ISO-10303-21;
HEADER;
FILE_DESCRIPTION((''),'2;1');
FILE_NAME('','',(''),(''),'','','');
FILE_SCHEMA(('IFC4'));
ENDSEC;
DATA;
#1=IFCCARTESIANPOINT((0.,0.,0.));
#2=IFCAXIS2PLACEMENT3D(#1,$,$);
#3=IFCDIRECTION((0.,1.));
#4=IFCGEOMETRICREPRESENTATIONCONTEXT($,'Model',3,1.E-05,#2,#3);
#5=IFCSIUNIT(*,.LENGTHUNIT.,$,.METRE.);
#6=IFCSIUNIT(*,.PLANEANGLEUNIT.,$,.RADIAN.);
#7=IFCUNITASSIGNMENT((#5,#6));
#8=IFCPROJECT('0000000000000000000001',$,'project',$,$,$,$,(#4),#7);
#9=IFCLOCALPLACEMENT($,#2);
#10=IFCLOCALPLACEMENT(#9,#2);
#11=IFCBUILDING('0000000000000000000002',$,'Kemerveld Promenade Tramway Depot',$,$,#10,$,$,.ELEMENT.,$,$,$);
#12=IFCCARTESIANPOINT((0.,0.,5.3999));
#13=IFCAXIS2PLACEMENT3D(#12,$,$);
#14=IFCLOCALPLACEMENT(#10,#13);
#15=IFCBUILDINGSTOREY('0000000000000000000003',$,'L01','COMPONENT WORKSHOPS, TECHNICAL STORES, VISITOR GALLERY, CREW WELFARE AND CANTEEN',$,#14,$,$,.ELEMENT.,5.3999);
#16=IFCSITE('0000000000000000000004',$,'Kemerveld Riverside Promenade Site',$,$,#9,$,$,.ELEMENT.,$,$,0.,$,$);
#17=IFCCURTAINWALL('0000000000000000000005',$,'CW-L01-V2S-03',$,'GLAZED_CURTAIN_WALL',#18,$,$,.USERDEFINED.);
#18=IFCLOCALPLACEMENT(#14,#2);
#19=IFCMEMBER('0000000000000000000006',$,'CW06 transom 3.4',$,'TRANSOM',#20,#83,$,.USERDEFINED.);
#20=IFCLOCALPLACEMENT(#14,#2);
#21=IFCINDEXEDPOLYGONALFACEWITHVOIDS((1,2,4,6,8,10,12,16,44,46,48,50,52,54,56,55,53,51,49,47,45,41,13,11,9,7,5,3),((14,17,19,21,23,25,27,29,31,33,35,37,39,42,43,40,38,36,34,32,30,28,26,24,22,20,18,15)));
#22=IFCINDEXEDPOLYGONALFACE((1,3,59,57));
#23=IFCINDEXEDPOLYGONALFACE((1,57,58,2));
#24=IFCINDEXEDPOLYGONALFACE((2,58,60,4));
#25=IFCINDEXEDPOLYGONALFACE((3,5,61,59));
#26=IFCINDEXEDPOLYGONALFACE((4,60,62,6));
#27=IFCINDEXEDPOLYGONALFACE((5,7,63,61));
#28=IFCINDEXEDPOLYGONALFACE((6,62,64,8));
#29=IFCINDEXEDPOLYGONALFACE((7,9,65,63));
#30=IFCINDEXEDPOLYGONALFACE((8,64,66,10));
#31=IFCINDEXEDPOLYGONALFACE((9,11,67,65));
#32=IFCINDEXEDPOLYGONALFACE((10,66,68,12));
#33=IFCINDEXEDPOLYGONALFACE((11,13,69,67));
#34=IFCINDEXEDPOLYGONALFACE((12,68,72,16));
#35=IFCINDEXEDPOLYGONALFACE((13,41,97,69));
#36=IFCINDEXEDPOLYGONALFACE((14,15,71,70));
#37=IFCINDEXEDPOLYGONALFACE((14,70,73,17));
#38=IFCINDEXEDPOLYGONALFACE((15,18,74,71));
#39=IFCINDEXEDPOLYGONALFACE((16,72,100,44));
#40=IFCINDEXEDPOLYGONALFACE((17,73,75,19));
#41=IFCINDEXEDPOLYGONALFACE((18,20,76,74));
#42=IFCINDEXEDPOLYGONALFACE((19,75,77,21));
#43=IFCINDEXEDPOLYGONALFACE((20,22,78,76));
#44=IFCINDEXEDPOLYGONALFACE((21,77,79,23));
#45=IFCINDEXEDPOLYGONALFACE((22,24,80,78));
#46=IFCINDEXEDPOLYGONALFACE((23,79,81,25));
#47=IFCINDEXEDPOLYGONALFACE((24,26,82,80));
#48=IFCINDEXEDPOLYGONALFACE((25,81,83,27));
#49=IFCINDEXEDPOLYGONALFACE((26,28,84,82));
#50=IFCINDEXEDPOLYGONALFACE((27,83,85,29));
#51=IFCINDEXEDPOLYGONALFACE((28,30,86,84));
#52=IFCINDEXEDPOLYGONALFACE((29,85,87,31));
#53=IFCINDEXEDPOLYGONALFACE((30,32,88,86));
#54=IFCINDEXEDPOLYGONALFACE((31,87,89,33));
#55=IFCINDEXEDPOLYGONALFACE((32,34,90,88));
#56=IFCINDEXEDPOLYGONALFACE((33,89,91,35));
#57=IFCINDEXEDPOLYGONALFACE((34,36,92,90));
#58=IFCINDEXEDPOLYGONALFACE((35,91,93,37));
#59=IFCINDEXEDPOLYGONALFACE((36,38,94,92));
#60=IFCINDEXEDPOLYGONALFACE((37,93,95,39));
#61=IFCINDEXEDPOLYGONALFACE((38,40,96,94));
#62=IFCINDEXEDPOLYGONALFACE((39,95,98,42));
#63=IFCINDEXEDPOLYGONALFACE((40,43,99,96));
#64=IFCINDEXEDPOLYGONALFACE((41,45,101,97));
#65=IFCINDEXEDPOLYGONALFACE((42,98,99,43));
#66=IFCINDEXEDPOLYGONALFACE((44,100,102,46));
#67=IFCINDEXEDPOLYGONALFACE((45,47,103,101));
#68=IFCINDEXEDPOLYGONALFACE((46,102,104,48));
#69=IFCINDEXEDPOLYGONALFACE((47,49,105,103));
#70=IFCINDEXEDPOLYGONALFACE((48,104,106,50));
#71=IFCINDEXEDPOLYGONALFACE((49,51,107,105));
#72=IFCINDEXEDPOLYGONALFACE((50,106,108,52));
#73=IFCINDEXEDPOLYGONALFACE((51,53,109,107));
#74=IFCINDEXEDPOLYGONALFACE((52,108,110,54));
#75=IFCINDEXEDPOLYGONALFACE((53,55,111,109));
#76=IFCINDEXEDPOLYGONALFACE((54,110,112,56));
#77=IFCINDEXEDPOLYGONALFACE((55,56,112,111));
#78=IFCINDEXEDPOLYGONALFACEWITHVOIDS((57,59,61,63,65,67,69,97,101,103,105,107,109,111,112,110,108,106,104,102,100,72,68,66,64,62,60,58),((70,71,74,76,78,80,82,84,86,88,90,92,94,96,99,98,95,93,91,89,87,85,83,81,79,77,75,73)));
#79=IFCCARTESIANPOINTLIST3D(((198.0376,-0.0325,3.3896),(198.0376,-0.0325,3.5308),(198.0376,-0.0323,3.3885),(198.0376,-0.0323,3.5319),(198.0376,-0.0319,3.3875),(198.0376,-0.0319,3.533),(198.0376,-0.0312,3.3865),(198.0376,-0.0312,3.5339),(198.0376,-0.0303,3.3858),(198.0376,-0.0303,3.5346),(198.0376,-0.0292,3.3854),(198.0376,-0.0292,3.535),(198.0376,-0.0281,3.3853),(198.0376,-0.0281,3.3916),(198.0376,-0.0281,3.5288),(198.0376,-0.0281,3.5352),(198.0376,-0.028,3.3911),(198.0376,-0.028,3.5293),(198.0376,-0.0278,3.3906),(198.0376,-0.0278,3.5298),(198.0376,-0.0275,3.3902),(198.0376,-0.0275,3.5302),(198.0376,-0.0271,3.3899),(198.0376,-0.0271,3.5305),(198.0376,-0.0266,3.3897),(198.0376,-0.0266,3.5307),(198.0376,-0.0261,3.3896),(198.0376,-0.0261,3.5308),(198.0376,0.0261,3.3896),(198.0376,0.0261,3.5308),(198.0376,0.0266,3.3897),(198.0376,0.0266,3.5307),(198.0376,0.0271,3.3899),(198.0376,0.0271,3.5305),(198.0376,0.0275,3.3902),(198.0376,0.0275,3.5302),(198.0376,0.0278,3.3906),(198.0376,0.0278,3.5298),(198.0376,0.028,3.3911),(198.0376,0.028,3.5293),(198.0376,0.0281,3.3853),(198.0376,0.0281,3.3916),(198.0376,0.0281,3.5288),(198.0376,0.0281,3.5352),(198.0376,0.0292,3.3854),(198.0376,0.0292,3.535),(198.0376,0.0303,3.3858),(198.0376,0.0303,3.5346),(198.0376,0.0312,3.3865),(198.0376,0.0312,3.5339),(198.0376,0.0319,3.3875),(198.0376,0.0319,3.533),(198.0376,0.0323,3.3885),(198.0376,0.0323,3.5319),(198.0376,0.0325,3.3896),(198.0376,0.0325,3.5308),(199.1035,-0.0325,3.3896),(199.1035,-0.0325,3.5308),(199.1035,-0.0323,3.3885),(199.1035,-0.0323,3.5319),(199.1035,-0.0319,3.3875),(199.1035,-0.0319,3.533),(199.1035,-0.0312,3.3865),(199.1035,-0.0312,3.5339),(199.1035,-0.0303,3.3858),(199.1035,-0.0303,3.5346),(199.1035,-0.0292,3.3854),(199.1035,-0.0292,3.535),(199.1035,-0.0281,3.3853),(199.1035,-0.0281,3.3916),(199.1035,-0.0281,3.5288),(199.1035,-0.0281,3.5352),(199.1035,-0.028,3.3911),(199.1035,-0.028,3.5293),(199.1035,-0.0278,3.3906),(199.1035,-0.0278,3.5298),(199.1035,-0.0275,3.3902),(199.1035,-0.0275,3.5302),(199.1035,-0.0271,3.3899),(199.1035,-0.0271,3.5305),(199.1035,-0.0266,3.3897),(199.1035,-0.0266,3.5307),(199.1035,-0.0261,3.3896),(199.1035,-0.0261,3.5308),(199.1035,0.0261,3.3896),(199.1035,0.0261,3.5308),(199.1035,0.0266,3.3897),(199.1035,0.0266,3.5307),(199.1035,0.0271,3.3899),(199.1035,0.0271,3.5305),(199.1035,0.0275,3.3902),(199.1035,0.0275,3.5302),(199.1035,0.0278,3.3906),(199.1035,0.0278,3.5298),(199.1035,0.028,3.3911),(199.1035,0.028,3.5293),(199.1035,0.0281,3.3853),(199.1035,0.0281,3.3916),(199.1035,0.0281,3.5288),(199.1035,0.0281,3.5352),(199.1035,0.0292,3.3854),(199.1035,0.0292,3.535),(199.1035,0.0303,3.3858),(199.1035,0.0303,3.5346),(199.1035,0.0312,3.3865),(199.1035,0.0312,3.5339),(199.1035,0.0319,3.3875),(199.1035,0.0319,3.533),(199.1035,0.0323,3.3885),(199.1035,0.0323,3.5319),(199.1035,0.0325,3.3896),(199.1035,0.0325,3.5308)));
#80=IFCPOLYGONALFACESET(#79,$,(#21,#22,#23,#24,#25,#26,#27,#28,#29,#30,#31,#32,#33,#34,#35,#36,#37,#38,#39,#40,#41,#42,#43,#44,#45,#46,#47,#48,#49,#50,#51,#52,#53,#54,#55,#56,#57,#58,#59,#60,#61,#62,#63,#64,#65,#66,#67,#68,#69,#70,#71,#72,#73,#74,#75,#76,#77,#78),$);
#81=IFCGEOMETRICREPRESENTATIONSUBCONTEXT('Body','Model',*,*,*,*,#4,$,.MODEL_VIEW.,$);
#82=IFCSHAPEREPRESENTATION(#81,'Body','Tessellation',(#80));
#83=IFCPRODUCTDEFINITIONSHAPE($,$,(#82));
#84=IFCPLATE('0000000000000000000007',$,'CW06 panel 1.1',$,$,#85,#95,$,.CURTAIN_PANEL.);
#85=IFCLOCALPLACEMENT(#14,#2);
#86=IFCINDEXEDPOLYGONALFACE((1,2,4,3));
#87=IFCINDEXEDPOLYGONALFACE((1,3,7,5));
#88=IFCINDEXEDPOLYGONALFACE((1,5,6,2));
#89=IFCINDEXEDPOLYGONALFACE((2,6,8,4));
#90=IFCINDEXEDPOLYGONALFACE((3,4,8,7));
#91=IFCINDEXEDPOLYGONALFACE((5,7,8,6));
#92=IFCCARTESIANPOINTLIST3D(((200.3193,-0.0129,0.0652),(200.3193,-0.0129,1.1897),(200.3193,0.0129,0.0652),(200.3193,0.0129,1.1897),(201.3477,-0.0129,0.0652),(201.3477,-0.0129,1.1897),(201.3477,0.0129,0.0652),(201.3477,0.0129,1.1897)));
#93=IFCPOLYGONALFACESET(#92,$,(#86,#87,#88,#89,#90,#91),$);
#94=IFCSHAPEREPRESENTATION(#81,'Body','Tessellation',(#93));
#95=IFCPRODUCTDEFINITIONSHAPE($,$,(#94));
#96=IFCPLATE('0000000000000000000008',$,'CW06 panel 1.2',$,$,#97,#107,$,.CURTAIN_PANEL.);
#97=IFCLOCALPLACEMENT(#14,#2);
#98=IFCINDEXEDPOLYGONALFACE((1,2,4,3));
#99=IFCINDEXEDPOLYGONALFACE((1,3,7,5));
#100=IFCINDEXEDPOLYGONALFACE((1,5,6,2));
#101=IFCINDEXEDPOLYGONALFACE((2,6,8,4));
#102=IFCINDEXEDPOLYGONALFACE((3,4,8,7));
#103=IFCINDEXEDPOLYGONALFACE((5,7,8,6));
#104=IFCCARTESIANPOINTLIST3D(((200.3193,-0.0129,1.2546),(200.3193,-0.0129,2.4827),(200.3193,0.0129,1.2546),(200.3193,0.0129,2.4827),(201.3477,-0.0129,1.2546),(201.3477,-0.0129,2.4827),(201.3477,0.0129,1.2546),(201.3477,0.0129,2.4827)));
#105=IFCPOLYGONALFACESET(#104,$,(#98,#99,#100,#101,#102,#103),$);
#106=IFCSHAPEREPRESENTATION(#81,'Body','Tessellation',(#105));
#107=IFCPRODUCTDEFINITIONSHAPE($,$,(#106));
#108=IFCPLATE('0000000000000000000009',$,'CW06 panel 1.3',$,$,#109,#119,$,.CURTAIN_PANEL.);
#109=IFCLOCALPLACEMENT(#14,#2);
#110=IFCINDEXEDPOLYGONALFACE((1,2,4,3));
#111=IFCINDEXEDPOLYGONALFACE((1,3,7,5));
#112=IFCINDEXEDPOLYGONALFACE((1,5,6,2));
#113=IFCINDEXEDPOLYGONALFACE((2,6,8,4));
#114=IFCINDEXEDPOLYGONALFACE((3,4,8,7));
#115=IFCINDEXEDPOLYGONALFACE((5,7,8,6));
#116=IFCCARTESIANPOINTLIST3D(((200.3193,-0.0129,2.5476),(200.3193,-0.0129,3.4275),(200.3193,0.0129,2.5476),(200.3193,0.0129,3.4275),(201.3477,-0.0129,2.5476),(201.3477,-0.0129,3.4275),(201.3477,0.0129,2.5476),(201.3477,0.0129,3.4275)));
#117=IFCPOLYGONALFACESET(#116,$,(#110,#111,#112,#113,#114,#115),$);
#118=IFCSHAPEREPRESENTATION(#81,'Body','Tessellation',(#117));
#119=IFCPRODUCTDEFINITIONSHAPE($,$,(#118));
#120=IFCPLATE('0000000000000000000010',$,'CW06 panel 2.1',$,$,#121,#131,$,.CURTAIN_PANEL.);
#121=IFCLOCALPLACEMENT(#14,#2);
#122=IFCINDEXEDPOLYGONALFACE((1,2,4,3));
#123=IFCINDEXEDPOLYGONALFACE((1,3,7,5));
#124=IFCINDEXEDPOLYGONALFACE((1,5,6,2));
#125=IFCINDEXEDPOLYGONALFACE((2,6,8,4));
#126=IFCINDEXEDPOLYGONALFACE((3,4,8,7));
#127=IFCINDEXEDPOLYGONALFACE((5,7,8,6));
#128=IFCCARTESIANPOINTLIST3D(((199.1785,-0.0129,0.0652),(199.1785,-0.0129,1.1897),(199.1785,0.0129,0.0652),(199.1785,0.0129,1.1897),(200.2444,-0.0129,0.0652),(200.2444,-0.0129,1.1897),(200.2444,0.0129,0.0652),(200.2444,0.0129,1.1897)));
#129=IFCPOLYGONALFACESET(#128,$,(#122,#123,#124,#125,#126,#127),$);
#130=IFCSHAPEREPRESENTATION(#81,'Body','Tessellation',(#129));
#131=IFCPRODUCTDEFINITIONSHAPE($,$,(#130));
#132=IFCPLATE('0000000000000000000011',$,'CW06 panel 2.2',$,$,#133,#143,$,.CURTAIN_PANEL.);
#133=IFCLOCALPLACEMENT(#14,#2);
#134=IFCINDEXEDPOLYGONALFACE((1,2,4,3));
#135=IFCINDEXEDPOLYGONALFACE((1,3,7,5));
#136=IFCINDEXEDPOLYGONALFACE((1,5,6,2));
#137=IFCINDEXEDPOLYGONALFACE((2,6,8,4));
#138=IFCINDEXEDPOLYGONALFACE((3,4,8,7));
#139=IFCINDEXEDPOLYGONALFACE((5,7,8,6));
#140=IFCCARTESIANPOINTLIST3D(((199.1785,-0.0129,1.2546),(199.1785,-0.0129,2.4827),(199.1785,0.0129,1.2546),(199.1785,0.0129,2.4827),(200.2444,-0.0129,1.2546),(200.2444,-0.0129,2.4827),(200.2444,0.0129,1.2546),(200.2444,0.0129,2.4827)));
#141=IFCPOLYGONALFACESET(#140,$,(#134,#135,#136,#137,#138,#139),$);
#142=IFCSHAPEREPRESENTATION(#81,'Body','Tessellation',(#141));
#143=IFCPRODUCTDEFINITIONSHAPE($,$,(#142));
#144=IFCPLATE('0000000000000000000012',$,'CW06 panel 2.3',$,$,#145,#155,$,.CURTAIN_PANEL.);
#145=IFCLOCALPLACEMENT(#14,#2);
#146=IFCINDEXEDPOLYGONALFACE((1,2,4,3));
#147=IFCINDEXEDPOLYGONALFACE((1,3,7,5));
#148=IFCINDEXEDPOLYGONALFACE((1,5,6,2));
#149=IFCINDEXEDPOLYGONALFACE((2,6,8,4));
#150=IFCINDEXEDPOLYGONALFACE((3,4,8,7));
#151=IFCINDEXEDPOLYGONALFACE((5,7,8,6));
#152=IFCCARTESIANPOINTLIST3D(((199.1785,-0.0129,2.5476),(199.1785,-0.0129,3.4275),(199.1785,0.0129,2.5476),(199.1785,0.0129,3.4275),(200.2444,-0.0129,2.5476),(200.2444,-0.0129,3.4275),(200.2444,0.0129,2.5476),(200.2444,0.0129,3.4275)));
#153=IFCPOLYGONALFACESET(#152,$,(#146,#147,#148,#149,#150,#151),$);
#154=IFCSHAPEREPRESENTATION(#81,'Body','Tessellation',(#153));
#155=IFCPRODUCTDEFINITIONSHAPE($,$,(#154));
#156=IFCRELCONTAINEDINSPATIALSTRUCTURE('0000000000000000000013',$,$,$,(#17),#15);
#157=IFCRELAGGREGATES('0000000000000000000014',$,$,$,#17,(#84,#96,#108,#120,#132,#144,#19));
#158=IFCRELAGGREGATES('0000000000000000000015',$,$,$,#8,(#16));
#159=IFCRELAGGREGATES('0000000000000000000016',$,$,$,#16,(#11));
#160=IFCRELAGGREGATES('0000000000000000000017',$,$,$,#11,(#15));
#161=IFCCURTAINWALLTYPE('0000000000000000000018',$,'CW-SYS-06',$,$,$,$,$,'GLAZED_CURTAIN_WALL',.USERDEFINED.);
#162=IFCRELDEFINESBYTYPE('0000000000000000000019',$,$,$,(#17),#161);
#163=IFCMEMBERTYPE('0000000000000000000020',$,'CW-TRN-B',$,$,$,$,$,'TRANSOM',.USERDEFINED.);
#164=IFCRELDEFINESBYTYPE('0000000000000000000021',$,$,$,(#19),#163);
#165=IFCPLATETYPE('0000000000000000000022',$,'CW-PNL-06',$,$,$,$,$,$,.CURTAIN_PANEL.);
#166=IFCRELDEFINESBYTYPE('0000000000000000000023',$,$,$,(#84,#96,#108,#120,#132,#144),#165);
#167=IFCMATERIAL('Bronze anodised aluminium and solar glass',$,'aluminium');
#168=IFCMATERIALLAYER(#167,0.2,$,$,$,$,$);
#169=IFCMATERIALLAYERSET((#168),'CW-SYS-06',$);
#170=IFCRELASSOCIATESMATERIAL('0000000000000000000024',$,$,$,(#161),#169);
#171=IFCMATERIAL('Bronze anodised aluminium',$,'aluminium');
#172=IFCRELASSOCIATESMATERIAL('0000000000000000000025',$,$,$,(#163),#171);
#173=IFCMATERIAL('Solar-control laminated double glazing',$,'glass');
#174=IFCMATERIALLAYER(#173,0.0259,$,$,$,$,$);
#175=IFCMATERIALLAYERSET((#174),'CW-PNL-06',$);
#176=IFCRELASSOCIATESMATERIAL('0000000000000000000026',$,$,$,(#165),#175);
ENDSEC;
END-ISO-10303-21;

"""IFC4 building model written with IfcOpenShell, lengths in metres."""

from ifc_helpers import new_model, si_unit, direction, frame, origin, origin_2d, place, context, subcontext, project, spatial, rectangle, hollow_rectangle, extrude, material, layer, layer_set, material_profile, profile_set, type_object, element, aggregate, save


model = new_model("IFC4")

# Units and contexts
model_context = context("Model", 3, precision=1e-05, world=origin(), true_north=direction((0.0, 1.0)))
body_context = subcontext(model_context, "Body", "Model", "MODEL_VIEW")
ifc_project = project(units=[si_unit("LENGTHUNIT", "METRE"), si_unit("PLANEANGLEUNIT", "RADIAN")], contexts=[model_context])

# Site, building, storey
site_placement = place(None, origin())
site = spatial("IfcSite", under=ifc_project, at=site_placement, Name="Kemerveld Riverside Promenade Site", CompositionType="ELEMENT", RefElevation=0.0)
building_placement = place(site_placement, origin())
building = spatial("IfcBuilding", under=site, at=building_placement, Name="Kemerveld Promenade Tramway Depot", CompositionType="ELEMENT")
storey_placement = place(building_placement, frame((0.0, 0.0, 5.3999)))
storey = spatial("IfcBuildingStorey", under=building, at=storey_placement, Name="L01", Description="COMPONENT WORKSHOPS, TECHNICAL STORES, VISITOR GALLERY, CREW WELFARE AND CANTEEN", CompositionType="ELEMENT", Elevation=5.3999)

# Curtain wall, member, plates
ifc_material_1 = material(Name="Bronze anodised aluminium and solar glass", Category="aluminium")
ifc_layer_1 = layer(ifc_material_1, 0.2)
ifc_layer_set_1 = layer_set([ifc_layer_1], Name="CW-SYS-06")
curtain_wall_type = type_object("IfcCurtainWallType", Name="CW-SYS-06", ElementType="GLAZED_CURTAIN_WALL", PredefinedType="USERDEFINED", material=ifc_layer_set_1)
curtain_wall_placement = place(storey_placement, origin())
curtain_wall = element("IfcCurtainWall", 1, at=curtain_wall_placement, inside=storey, type_object=curtain_wall_type, Name="CW-L01-V2S-03", ObjectType="GLAZED_CURTAIN_WALL", PredefinedType="USERDEFINED")
ifc_material_2 = material(Name="Bronze anodised aluminium", Category="aluminium")
ifc_material_profile_1 = material_profile(ifc_material_2, hollow_rectangle(XDim=0.0649, YDim=0.1499, WallThickness=0.0044, InnerFilletRadius=0.002, OuterFilletRadius=0.0044, at=origin_2d()), Name="CW-TRN-150x65")
ifc_profile_set_1 = profile_set([ifc_material_profile_1], Name="Bronze anodised aluminium")
member_type_1 = type_object("IfcMemberType", Name="CW-TRN-B", ElementType="TRANSOM", PredefinedType="USERDEFINED", material=ifc_profile_set_1)
member_1_placement = place(storey_placement, frame((199.1035, 0.0, 3.4602), z_axis=(-1.0, 0.0, 0.0), x_axis=(0.0, -1.0, 0.0)))
member_1 = element("IfcMember", 2, at=member_1_placement, type_object=member_type_1, Name="CW06 transom 3.4", ObjectType="TRANSOM", PredefinedType="USERDEFINED", context=body_context, shape_type="SweptSolid", body=[
    extrude(hollow_rectangle(XDim=0.0649, YDim=0.1499, WallThickness=0.0044, InnerFilletRadius=0.002, OuterFilletRadius=0.0044, at=origin_2d()), origin(), (0.0, 0.0, 1.0), 1.0659),
])
ifc_material_3 = material(Name="Solar-control laminated double glazing", Category="glass")
ifc_layer_2 = layer(ifc_material_3, 0.0259)
ifc_layer_set_2 = layer_set([ifc_layer_2], Name="CW-PNL-06")
plate_type = type_object("IfcPlateType", Name="CW-PNL-06", PredefinedType="CURTAIN_PANEL", material=ifc_layer_set_2)
plate_1_placement = place(storey_placement, frame((200.8335, 0.0, 0.0652), z_axis=(0.0, 0.0, 1.0), x_axis=(-1.0, 0.0, 0.0)))
plate_1 = element("IfcPlate", 3, at=plate_1_placement, type_object=plate_type, Name="CW06 panel 1.1", PredefinedType="CURTAIN_PANEL", context=body_context, shape_type="SweptSolid", body=[
    extrude(rectangle(XDim=1.0283, YDim=0.0259, at=origin_2d()), origin(), (0.0, 0.0, 1.0), 1.1245),
])
plate_2_placement = place(storey_placement, frame((200.8335, 0.0, 1.2546), z_axis=(0.0, 0.0, 1.0), x_axis=(-1.0, 0.0, 0.0)))
plate_2 = element("IfcPlate", 4, at=plate_2_placement, type_object=plate_type, Name="CW06 panel 1.2", PredefinedType="CURTAIN_PANEL", context=body_context, shape_type="SweptSolid", body=[
    extrude(rectangle(XDim=1.0283, YDim=0.0259, at=origin_2d()), origin(), (0.0, 0.0, 1.0), 1.228),
])
plate_3_placement = place(storey_placement, frame((200.8335, 0.0, 2.5476), z_axis=(0.0, 0.0, 1.0), x_axis=(-1.0, 0.0, 0.0)))
plate_3 = element("IfcPlate", 5, at=plate_3_placement, type_object=plate_type, Name="CW06 panel 1.3", PredefinedType="CURTAIN_PANEL", context=body_context, shape_type="SweptSolid", body=[
    extrude(rectangle(XDim=1.0283, YDim=0.0259, at=origin_2d()), origin(), (0.0, 0.0, 1.0), 0.8799),
])
plate_4_placement = place(storey_placement, frame((199.7114, 0.0, 0.0652), z_axis=(0.0, 0.0, 1.0), x_axis=(-1.0, 0.0, 0.0)))
plate_4 = element("IfcPlate", 6, at=plate_4_placement, type_object=plate_type, Name="CW06 panel 2.1", PredefinedType="CURTAIN_PANEL", context=body_context, shape_type="SweptSolid", body=[
    extrude(rectangle(XDim=1.0659, YDim=0.0259, at=origin_2d()), origin(), (0.0, 0.0, 1.0), 1.1245),
])
plate_5_placement = place(storey_placement, frame((199.7114, 0.0, 1.2546), z_axis=(0.0, 0.0, 1.0), x_axis=(-1.0, 0.0, 0.0)))
plate_5 = element("IfcPlate", 7, at=plate_5_placement, type_object=plate_type, Name="CW06 panel 2.2", PredefinedType="CURTAIN_PANEL", context=body_context, shape_type="SweptSolid", body=[
    extrude(rectangle(XDim=1.0659, YDim=0.0259, at=origin_2d()), origin(), (0.0, 0.0, 1.0), 1.228),
])
plate_6_placement = place(storey_placement, frame((199.7114, 0.0, 2.5476), z_axis=(0.0, 0.0, 1.0), x_axis=(-1.0, 0.0, 0.0)))
plate_6 = element("IfcPlate", 8, at=plate_6_placement, type_object=plate_type, Name="CW06 panel 2.3", PredefinedType="CURTAIN_PANEL", context=body_context, shape_type="SweptSolid", body=[
    extrude(rectangle(XDim=1.0659, YDim=0.0259, at=origin_2d()), origin(), (0.0, 0.0, 1.0), 0.8799),
])
aggregate(curtain_wall, [plate_1, plate_2, plate_3, plate_4, plate_5, plate_6, member_1])

save(model, "model.ifc")
